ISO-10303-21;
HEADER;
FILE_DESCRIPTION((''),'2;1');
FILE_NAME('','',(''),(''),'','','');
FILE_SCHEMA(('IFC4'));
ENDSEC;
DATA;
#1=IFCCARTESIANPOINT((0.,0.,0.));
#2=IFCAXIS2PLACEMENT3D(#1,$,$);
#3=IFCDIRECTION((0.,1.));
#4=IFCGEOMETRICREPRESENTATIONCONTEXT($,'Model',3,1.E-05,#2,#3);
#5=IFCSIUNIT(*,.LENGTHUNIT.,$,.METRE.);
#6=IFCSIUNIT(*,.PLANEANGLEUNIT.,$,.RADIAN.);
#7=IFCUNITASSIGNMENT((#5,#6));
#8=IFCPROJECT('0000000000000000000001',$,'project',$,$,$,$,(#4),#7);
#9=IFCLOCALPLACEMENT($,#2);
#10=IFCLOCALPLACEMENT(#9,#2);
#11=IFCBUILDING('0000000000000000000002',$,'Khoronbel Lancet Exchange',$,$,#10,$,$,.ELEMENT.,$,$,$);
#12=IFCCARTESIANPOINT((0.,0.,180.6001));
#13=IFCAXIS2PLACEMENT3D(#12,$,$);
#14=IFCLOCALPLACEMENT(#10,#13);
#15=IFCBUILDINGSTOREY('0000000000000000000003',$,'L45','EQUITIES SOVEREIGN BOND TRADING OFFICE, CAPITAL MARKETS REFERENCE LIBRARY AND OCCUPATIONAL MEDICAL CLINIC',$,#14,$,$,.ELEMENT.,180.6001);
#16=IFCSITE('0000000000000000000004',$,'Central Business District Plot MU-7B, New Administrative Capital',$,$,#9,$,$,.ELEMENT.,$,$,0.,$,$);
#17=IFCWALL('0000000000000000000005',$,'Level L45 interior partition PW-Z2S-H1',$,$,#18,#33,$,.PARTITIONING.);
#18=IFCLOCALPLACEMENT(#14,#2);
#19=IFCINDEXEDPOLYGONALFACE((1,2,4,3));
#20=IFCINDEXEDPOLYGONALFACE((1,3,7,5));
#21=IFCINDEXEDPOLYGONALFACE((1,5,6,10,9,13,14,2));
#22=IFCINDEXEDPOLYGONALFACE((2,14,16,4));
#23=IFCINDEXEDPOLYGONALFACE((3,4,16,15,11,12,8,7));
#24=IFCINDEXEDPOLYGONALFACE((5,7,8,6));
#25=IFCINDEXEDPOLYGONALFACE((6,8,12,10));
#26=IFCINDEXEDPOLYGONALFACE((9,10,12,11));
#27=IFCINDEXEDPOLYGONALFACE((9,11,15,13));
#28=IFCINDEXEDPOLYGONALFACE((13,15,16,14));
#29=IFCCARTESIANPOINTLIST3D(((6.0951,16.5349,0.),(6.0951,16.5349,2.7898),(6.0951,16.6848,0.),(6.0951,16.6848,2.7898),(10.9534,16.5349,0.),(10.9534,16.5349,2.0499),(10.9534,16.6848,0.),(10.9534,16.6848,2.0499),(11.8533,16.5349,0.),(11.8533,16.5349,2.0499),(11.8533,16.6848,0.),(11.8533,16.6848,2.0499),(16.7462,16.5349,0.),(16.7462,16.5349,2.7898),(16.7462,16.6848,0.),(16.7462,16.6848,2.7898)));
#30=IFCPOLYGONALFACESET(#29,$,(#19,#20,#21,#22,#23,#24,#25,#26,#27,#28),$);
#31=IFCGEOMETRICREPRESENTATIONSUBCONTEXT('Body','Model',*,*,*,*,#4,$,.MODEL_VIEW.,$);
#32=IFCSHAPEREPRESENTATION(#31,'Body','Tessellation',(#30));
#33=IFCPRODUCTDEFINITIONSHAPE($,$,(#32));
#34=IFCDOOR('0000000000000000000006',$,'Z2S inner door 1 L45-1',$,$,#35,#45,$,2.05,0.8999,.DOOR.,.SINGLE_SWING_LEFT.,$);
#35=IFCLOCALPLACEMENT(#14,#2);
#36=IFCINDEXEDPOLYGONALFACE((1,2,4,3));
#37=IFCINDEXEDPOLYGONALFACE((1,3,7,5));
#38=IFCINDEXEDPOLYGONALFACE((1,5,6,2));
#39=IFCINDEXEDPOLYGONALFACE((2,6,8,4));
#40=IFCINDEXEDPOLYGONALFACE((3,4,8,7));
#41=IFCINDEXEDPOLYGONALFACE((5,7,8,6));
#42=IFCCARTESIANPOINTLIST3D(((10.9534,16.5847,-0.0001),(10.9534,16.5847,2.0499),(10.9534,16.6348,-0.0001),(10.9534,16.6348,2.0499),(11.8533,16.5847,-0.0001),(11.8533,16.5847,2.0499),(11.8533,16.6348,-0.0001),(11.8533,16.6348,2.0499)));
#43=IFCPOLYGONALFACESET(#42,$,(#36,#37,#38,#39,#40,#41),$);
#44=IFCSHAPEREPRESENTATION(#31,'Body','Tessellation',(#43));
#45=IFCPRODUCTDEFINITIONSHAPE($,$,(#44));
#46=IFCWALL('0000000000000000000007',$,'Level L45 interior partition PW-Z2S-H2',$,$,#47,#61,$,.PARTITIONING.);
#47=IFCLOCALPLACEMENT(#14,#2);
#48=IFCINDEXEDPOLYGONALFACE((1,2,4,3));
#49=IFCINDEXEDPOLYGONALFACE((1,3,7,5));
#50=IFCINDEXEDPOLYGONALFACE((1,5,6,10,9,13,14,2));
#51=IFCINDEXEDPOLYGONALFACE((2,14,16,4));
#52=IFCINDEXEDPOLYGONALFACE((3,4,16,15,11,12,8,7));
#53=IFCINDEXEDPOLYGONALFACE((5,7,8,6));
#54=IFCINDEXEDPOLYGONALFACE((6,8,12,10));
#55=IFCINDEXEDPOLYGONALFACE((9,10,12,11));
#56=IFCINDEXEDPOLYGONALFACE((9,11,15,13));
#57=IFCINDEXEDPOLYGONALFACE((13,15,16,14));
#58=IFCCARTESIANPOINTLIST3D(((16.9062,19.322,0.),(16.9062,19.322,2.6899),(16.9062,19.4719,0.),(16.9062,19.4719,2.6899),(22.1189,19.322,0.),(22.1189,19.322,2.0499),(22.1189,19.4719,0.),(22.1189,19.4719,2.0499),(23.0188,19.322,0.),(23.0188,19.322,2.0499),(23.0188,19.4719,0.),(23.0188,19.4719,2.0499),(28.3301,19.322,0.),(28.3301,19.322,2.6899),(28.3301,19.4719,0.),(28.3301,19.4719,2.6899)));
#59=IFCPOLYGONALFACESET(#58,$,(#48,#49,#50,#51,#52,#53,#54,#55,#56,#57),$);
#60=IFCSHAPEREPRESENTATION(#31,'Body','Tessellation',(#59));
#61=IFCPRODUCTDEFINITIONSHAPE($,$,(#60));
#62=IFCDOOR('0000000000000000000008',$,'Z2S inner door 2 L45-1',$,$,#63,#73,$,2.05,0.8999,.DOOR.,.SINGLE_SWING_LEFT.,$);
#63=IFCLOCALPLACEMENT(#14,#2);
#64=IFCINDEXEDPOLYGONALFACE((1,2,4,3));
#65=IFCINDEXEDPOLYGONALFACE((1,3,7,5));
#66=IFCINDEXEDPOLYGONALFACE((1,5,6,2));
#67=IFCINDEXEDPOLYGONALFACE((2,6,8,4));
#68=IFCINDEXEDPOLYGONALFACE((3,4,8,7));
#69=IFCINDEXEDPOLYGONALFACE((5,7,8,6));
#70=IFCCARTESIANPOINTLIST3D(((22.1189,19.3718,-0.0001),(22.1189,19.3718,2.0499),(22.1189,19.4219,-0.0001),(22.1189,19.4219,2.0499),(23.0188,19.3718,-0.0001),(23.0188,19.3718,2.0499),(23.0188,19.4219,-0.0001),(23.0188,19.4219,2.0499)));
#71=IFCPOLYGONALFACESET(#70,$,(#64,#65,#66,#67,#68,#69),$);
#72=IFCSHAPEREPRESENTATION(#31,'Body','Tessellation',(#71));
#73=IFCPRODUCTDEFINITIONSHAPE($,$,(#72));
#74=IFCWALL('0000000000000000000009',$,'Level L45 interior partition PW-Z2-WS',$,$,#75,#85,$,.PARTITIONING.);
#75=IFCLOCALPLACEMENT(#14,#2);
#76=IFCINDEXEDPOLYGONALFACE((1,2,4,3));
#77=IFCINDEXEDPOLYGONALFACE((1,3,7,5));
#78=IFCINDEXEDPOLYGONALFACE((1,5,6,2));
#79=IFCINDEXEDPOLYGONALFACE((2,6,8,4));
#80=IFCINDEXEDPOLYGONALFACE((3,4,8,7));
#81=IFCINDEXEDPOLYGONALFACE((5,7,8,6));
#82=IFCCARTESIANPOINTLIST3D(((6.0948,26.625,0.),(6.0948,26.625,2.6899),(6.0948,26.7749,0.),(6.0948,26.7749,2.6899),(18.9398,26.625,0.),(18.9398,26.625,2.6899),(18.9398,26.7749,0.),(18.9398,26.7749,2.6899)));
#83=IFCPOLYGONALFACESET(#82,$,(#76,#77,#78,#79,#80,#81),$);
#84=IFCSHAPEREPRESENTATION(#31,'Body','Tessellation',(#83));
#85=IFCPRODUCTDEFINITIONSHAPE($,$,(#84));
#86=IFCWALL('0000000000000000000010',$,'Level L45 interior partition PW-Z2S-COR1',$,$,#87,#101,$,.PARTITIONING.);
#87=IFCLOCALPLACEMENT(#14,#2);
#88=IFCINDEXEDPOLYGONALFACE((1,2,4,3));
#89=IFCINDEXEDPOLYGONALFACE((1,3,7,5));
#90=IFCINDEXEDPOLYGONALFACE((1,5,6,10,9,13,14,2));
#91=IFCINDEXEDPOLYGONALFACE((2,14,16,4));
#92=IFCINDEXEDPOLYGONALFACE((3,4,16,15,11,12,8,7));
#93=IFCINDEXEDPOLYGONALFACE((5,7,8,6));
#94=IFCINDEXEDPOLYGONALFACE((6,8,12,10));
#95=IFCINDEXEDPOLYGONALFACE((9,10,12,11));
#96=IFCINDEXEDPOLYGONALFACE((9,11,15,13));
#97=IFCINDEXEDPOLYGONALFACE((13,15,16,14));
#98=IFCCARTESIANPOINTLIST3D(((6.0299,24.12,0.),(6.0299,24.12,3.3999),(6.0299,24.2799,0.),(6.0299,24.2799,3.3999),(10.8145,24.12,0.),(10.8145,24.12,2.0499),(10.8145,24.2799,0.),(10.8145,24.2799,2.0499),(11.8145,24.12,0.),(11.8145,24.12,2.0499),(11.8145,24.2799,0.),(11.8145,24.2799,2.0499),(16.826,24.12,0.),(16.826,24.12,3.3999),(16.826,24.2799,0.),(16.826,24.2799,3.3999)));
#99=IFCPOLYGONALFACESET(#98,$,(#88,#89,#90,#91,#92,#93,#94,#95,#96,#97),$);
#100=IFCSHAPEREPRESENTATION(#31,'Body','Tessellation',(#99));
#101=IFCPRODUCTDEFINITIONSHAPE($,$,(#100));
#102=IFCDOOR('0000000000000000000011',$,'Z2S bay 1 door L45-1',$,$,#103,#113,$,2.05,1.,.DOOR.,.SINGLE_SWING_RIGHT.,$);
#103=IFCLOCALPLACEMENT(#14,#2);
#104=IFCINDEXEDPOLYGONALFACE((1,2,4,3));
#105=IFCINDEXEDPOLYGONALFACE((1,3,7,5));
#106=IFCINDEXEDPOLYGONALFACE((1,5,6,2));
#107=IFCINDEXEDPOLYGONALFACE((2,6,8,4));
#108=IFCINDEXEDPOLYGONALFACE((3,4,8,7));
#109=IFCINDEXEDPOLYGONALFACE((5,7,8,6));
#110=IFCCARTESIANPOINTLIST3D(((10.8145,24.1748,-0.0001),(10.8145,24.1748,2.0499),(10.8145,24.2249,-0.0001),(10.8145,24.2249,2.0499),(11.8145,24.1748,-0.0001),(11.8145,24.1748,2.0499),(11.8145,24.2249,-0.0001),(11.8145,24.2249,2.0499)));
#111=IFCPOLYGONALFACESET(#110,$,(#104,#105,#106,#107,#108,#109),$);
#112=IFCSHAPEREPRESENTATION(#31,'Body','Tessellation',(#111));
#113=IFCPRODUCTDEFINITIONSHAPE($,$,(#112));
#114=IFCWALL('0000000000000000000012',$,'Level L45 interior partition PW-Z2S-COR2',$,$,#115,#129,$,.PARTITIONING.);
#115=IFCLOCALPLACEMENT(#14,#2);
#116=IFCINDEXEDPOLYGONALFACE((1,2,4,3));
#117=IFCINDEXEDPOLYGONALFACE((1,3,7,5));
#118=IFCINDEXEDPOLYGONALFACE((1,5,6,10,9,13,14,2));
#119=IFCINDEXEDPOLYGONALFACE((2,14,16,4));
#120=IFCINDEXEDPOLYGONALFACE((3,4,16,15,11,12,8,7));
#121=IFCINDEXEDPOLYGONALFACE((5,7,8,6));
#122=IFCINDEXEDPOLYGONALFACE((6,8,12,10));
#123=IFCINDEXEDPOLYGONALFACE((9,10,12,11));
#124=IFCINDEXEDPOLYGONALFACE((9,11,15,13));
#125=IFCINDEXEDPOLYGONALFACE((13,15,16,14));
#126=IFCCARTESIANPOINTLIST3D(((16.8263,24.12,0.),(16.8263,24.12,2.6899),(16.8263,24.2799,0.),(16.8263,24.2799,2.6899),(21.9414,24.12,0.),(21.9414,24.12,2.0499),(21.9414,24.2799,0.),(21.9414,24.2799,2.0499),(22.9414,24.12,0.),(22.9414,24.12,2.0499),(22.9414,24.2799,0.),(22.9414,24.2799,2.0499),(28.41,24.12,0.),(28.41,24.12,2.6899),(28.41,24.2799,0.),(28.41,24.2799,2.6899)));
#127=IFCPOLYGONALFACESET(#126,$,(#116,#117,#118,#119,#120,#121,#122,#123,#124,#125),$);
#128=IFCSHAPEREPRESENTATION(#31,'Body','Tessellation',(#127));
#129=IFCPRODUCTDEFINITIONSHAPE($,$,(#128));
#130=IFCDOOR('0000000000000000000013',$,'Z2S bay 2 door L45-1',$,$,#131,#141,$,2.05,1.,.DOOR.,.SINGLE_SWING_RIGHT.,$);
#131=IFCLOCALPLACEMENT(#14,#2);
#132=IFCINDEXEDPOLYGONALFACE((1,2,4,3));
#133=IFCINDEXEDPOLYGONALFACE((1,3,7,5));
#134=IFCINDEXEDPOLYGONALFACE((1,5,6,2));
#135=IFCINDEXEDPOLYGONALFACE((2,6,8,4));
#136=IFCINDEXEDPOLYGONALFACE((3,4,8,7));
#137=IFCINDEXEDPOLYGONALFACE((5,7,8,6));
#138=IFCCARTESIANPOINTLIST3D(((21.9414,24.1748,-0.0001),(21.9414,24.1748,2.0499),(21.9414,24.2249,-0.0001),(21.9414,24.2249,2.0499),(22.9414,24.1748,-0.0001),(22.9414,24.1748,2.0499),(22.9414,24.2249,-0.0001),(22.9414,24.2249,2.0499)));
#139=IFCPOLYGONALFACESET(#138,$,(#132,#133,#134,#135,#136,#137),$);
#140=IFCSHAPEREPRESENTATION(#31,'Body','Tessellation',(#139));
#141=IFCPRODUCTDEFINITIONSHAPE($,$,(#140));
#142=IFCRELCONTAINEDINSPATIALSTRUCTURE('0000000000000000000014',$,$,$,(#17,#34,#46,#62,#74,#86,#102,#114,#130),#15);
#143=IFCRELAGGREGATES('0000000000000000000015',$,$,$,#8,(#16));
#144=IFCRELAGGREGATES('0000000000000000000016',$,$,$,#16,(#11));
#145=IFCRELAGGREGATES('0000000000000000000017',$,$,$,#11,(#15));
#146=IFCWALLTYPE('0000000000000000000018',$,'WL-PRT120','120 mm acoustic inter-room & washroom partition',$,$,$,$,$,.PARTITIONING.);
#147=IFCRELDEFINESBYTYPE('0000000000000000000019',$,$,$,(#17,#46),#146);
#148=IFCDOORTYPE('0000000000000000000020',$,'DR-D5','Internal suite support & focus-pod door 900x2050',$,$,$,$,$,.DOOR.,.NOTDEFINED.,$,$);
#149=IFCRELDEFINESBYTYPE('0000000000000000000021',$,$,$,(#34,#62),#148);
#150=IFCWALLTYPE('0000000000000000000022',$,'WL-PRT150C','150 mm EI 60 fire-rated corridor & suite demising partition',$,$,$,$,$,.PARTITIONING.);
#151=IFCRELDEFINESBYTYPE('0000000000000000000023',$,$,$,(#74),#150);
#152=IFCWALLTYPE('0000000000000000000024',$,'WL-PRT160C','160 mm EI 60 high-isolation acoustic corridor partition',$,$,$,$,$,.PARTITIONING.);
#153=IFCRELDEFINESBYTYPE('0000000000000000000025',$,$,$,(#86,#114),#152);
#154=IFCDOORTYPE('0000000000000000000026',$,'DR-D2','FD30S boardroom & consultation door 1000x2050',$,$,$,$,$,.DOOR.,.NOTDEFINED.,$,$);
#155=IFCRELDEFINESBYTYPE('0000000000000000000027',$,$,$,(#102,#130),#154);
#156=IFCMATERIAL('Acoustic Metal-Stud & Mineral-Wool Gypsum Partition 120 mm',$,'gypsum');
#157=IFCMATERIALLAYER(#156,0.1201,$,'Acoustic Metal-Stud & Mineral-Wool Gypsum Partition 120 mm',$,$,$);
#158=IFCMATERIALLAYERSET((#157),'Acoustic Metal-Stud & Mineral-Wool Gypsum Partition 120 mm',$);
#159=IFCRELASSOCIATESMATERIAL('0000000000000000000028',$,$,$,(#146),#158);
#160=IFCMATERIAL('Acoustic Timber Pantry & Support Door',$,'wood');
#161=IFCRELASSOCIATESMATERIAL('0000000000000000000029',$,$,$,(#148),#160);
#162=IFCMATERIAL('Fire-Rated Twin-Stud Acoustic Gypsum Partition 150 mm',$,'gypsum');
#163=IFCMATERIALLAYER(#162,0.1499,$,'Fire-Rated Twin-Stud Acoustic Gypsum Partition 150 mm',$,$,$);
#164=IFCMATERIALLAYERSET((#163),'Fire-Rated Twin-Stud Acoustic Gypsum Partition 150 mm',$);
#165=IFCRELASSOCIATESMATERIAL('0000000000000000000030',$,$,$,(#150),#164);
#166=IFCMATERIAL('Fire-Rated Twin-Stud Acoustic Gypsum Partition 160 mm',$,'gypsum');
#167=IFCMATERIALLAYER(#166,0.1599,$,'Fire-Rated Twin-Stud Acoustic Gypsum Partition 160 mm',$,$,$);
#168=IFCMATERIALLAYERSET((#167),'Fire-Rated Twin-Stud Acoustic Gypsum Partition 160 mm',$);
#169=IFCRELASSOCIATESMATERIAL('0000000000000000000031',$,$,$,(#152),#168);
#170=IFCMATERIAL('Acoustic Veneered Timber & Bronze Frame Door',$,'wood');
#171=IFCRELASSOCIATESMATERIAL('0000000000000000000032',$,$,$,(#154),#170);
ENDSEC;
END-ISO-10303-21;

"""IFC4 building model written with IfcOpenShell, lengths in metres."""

from ifc_helpers import new_model, si_unit, direction, frame, frame_2d, origin, place, context, subcontext, project, spatial, rectangle, extrude, material, layer, layer_set, type_object, element, fill, save


model = new_model("IFC4")

# Units and contexts
model_context = context("Model", 3, precision=1e-05, world=origin(), true_north=direction((0.0, 1.0)))
body_context = subcontext(model_context, "Body", "Model", "MODEL_VIEW")
ifc_project = project(units=[si_unit("LENGTHUNIT", "METRE"), si_unit("PLANEANGLEUNIT", "RADIAN")], contexts=[model_context])

# Site, building, storey
site_placement = place(None, origin())
site = spatial("IfcSite", under=ifc_project, at=site_placement, Name="Central Business District Plot MU-7B, New Administrative Capital", CompositionType="ELEMENT", RefElevation=0.0)
building_placement = place(site_placement, origin())
building = spatial("IfcBuilding", under=site, at=building_placement, Name="Khoronbel Lancet Exchange", CompositionType="ELEMENT")
storey_placement = place(building_placement, frame((0.0, 0.0, 180.6001)))
storey = spatial("IfcBuildingStorey", under=building, at=storey_placement, Name="L45", Description="EQUITIES SOVEREIGN BOND TRADING OFFICE, CAPITAL MARKETS REFERENCE LIBRARY AND OCCUPATIONAL MEDICAL CLINIC", CompositionType="ELEMENT", Elevation=180.6001)

# Walls, openings, doors
ifc_material_1 = material(Name="Acoustic Metal-Stud & Mineral-Wool Gypsum Partition 120 mm", Category="gypsum")
ifc_layer_1 = layer(ifc_material_1, 0.1201, Name="Acoustic Metal-Stud & Mineral-Wool Gypsum Partition 120 mm")
ifc_layer_set_1 = layer_set([ifc_layer_1], Name="Acoustic Metal-Stud & Mineral-Wool Gypsum Partition 120 mm")
wall_type_1 = type_object("IfcWallType", Name="WL-PRT120", Description="120 mm acoustic inter-room & washroom partition", PredefinedType="PARTITIONING", material=ifc_layer_set_1)
wall_1_placement = place(storey_placement, frame((6.095, 16.6099, 0.0), z_axis=(0.0, 0.0, 1.0), x_axis=(1.0, 0.0, 0.0)))
wall_1 = element("IfcWall", 1, at=wall_1_placement, inside=storey, type_object=wall_type_1, Name="Level L45 interior partition PW-Z2S-H1", PredefinedType="PARTITIONING", context=body_context, shape_type="SweptSolid", body=[
    extrude(rectangle(XDim=10.6511, YDim=0.1499, at=frame_2d((5.3257, 0.0))), origin(), (0.0, 0.0, 1.0), 2.7898),
])
opening_1_placement = place(wall_1_placement, frame((4.8584, 0.0, 0.0)))
opening_1 = element("IfcOpeningElement", 2, at=opening_1_placement, cuts=wall_1, PredefinedType="OPENING", context=body_context, shape_type="SweptSolid", body=[
    extrude(rectangle(XDim=0.8999, YDim=2.05, at=frame_2d((0.45, 1.0249))), frame((0.0, 0.085, 0.0), z_axis=(0.0, -1.0, 0.0), x_axis=(1.0, 0.0, 0.0)), (0.0, 0.0, 1.0), 0.1699),
])
ifc_material_2 = material(Name="Acoustic Timber Pantry & Support Door", Category="wood")
door_type_1 = type_object("IfcDoorType", Name="DR-D5", Description="Internal suite support & focus-pod door 900x2050", OperationType="NOTDEFINED", PredefinedType="DOOR", material=ifc_material_2)
door_1_placement = place(opening_1_placement, origin())
door_1 = element("IfcDoor", 3, at=door_1_placement, inside=storey, type_object=door_type_1, Name="Z2S inner door 1 L45-1", OperationType="SINGLE_SWING_LEFT", OverallHeight=2.05, OverallWidth=0.8999, PredefinedType="DOOR", context=body_context, shape_type="SweptSolid", body=[
    extrude(rectangle(XDim=0.8999, YDim=2.05, at=frame_2d((0.45, 1.0249))), frame((0.0, 0.0249, 0.0), z_axis=(0.0, -1.0, 0.0), x_axis=(1.0, 0.0, 0.0)), (0.0, 0.0, 1.0), 0.05),
])
fill(opening_1, door_1)
wall_2_placement = place(storey_placement, frame((16.9062, 19.397, 0.0), z_axis=(0.0, 0.0, 1.0), x_axis=(1.0, 0.0, 0.0)))
wall_2 = element("IfcWall", 4, at=wall_2_placement, inside=storey, type_object=wall_type_1, Name="Level L45 interior partition PW-Z2S-H2", PredefinedType="PARTITIONING", context=body_context, shape_type="SweptSolid", body=[
    extrude(rectangle(XDim=11.4238, YDim=0.1499, at=frame_2d((5.7119, 0.0))), origin(), (0.0, 0.0, 1.0), 2.6899),
])
opening_2_placement = place(wall_2_placement, frame((5.2126, 0.0, 0.0)))
opening_2 = element("IfcOpeningElement", 5, at=opening_2_placement, cuts=wall_2, PredefinedType="OPENING", context=body_context, shape_type="SweptSolid", body=[
    extrude(rectangle(XDim=0.8999, YDim=2.05, at=frame_2d((0.45, 1.0249))), frame((0.0, 0.085, 0.0), z_axis=(0.0, -1.0, 0.0), x_axis=(1.0, 0.0, 0.0)), (0.0, 0.0, 1.0), 0.1699),
])
door_2_placement = place(opening_2_placement, origin())
door_2 = element("IfcDoor", 6, at=door_2_placement, inside=storey, type_object=door_type_1, Name="Z2S inner door 2 L45-1", OperationType="SINGLE_SWING_LEFT", OverallHeight=2.05, OverallWidth=0.8999, PredefinedType="DOOR", context=body_context, shape_type="SweptSolid", body=[
    extrude(rectangle(XDim=0.8999, YDim=2.05, at=frame_2d((0.45, 1.0249))), frame((0.0, 0.0249, 0.0), z_axis=(0.0, -1.0, 0.0), x_axis=(1.0, 0.0, 0.0)), (0.0, 0.0, 1.0), 0.05),
])
fill(opening_2, door_2)

# Wall
ifc_material_3 = material(Name="Fire-Rated Twin-Stud Acoustic Gypsum Partition 150 mm", Category="gypsum")
ifc_layer_2 = layer(ifc_material_3, 0.1499, Name="Fire-Rated Twin-Stud Acoustic Gypsum Partition 150 mm")
ifc_layer_set_2 = layer_set([ifc_layer_2], Name="Fire-Rated Twin-Stud Acoustic Gypsum Partition 150 mm")
wall_type_2 = type_object("IfcWallType", Name="WL-PRT150C", Description="150 mm EI 60 fire-rated corridor & suite demising partition", PredefinedType="PARTITIONING", material=ifc_layer_set_2)
wall_3_placement = place(storey_placement, frame((6.095, 26.7, 0.0), z_axis=(0.0, 0.0, 1.0), x_axis=(1.0, 0.0, 0.0)))
element("IfcWall", 7, at=wall_3_placement, inside=storey, type_object=wall_type_2, Name="Level L45 interior partition PW-Z2-WS", PredefinedType="PARTITIONING", context=body_context, shape_type="SweptSolid", body=[
    extrude(rectangle(XDim=12.845, YDim=0.1499, at=frame_2d((6.4224, 0.0))), origin(), (0.0, 0.0, 1.0), 2.6899),
])

# Walls, openings, doors
ifc_material_4 = material(Name="Fire-Rated Twin-Stud Acoustic Gypsum Partition 160 mm", Category="gypsum")
ifc_layer_3 = layer(ifc_material_4, 0.1599, Name="Fire-Rated Twin-Stud Acoustic Gypsum Partition 160 mm")
ifc_layer_set_3 = layer_set([ifc_layer_3], Name="Fire-Rated Twin-Stud Acoustic Gypsum Partition 160 mm")
wall_type_3 = type_object("IfcWallType", Name="WL-PRT160C", Description="160 mm EI 60 high-isolation acoustic corridor partition", PredefinedType="PARTITIONING", material=ifc_layer_set_3)
wall_4_placement = place(storey_placement, frame((6.03, 24.2, 0.0), z_axis=(0.0, 0.0, 1.0), x_axis=(1.0, 0.0, 0.0)))
wall_4 = element("IfcWall", 8, at=wall_4_placement, inside=storey, type_object=wall_type_3, Name="Level L45 interior partition PW-Z2S-COR1", PredefinedType="PARTITIONING", context=body_context, shape_type="SweptSolid", body=[
    extrude(rectangle(XDim=10.7961, YDim=0.1599, at=frame_2d((5.3979, 0.0))), origin(), (0.0, 0.0, 1.0), 3.3999),
])
opening_3_placement = place(wall_4_placement, frame((4.7844, 0.0, 0.0)))
opening_3 = element("IfcOpeningElement", 9, at=opening_3_placement, cuts=wall_4, PredefinedType="OPENING", context=body_context, shape_type="SweptSolid", body=[
    extrude(rectangle(XDim=1.0, YDim=2.05, at=frame_2d((0.5, 1.0249))), frame((0.0, 0.0898, 0.0), z_axis=(0.0, -1.0, 0.0), x_axis=(1.0, 0.0, 0.0)), (0.0, 0.0, 1.0), 0.1799),
])
ifc_material_5 = material(Name="Acoustic Veneered Timber & Bronze Frame Door", Category="wood")
door_type_2 = type_object("IfcDoorType", Name="DR-D2", Description="FD30S boardroom & consultation door 1000x2050", OperationType="NOTDEFINED", PredefinedType="DOOR", material=ifc_material_5)
door_3_placement = place(opening_3_placement, origin())
door_3 = element("IfcDoor", 10, at=door_3_placement, inside=storey, type_object=door_type_2, Name="Z2S bay 1 door L45-1", OperationType="SINGLE_SWING_RIGHT", OverallHeight=2.05, OverallWidth=1.0, PredefinedType="DOOR", context=body_context, shape_type="SweptSolid", body=[
    extrude(rectangle(XDim=1.0, YDim=2.05, at=frame_2d((0.5, 1.0249))), frame((0.0, 0.0249, 0.0), z_axis=(0.0, -1.0, 0.0), x_axis=(1.0, 0.0, 0.0)), (0.0, 0.0, 1.0), 0.05),
])
fill(opening_3, door_3)
wall_5_placement = place(storey_placement, frame((16.8262, 24.2, 0.0), z_axis=(0.0, 0.0, 1.0), x_axis=(1.0, 0.0, 0.0)))
wall_5 = element("IfcWall", 11, at=wall_5_placement, inside=storey, type_object=wall_type_3, Name="Level L45 interior partition PW-Z2S-COR2", PredefinedType="PARTITIONING", context=body_context, shape_type="SweptSolid", body=[
    extrude(rectangle(XDim=11.5837, YDim=0.1599, at=frame_2d((5.792, 0.0))), origin(), (0.0, 0.0, 1.0), 2.6899),
])
opening_4_placement = place(wall_5_placement, frame((5.1152, 0.0, 0.0)))
opening_4 = element("IfcOpeningElement", 12, at=opening_4_placement, cuts=wall_5, PredefinedType="OPENING", context=body_context, shape_type="SweptSolid", body=[
    extrude(rectangle(XDim=1.0, YDim=2.05, at=frame_2d((0.5, 1.0249))), frame((0.0, 0.0898, 0.0), z_axis=(0.0, -1.0, 0.0), x_axis=(1.0, 0.0, 0.0)), (0.0, 0.0, 1.0), 0.1799),
])
door_4_placement = place(opening_4_placement, origin())
door_4 = element("IfcDoor", 13, at=door_4_placement, inside=storey, type_object=door_type_2, Name="Z2S bay 2 door L45-1", OperationType="SINGLE_SWING_RIGHT", OverallHeight=2.05, OverallWidth=1.0, PredefinedType="DOOR", context=body_context, shape_type="SweptSolid", body=[
    extrude(rectangle(XDim=1.0, YDim=2.05, at=frame_2d((0.5, 1.0249))), frame((0.0, 0.0249, 0.0), z_axis=(0.0, -1.0, 0.0), x_axis=(1.0, 0.0, 0.0)), (0.0, 0.0, 1.0), 0.05),
])
fill(opening_4, door_4)

save(model, "model.ifc")
